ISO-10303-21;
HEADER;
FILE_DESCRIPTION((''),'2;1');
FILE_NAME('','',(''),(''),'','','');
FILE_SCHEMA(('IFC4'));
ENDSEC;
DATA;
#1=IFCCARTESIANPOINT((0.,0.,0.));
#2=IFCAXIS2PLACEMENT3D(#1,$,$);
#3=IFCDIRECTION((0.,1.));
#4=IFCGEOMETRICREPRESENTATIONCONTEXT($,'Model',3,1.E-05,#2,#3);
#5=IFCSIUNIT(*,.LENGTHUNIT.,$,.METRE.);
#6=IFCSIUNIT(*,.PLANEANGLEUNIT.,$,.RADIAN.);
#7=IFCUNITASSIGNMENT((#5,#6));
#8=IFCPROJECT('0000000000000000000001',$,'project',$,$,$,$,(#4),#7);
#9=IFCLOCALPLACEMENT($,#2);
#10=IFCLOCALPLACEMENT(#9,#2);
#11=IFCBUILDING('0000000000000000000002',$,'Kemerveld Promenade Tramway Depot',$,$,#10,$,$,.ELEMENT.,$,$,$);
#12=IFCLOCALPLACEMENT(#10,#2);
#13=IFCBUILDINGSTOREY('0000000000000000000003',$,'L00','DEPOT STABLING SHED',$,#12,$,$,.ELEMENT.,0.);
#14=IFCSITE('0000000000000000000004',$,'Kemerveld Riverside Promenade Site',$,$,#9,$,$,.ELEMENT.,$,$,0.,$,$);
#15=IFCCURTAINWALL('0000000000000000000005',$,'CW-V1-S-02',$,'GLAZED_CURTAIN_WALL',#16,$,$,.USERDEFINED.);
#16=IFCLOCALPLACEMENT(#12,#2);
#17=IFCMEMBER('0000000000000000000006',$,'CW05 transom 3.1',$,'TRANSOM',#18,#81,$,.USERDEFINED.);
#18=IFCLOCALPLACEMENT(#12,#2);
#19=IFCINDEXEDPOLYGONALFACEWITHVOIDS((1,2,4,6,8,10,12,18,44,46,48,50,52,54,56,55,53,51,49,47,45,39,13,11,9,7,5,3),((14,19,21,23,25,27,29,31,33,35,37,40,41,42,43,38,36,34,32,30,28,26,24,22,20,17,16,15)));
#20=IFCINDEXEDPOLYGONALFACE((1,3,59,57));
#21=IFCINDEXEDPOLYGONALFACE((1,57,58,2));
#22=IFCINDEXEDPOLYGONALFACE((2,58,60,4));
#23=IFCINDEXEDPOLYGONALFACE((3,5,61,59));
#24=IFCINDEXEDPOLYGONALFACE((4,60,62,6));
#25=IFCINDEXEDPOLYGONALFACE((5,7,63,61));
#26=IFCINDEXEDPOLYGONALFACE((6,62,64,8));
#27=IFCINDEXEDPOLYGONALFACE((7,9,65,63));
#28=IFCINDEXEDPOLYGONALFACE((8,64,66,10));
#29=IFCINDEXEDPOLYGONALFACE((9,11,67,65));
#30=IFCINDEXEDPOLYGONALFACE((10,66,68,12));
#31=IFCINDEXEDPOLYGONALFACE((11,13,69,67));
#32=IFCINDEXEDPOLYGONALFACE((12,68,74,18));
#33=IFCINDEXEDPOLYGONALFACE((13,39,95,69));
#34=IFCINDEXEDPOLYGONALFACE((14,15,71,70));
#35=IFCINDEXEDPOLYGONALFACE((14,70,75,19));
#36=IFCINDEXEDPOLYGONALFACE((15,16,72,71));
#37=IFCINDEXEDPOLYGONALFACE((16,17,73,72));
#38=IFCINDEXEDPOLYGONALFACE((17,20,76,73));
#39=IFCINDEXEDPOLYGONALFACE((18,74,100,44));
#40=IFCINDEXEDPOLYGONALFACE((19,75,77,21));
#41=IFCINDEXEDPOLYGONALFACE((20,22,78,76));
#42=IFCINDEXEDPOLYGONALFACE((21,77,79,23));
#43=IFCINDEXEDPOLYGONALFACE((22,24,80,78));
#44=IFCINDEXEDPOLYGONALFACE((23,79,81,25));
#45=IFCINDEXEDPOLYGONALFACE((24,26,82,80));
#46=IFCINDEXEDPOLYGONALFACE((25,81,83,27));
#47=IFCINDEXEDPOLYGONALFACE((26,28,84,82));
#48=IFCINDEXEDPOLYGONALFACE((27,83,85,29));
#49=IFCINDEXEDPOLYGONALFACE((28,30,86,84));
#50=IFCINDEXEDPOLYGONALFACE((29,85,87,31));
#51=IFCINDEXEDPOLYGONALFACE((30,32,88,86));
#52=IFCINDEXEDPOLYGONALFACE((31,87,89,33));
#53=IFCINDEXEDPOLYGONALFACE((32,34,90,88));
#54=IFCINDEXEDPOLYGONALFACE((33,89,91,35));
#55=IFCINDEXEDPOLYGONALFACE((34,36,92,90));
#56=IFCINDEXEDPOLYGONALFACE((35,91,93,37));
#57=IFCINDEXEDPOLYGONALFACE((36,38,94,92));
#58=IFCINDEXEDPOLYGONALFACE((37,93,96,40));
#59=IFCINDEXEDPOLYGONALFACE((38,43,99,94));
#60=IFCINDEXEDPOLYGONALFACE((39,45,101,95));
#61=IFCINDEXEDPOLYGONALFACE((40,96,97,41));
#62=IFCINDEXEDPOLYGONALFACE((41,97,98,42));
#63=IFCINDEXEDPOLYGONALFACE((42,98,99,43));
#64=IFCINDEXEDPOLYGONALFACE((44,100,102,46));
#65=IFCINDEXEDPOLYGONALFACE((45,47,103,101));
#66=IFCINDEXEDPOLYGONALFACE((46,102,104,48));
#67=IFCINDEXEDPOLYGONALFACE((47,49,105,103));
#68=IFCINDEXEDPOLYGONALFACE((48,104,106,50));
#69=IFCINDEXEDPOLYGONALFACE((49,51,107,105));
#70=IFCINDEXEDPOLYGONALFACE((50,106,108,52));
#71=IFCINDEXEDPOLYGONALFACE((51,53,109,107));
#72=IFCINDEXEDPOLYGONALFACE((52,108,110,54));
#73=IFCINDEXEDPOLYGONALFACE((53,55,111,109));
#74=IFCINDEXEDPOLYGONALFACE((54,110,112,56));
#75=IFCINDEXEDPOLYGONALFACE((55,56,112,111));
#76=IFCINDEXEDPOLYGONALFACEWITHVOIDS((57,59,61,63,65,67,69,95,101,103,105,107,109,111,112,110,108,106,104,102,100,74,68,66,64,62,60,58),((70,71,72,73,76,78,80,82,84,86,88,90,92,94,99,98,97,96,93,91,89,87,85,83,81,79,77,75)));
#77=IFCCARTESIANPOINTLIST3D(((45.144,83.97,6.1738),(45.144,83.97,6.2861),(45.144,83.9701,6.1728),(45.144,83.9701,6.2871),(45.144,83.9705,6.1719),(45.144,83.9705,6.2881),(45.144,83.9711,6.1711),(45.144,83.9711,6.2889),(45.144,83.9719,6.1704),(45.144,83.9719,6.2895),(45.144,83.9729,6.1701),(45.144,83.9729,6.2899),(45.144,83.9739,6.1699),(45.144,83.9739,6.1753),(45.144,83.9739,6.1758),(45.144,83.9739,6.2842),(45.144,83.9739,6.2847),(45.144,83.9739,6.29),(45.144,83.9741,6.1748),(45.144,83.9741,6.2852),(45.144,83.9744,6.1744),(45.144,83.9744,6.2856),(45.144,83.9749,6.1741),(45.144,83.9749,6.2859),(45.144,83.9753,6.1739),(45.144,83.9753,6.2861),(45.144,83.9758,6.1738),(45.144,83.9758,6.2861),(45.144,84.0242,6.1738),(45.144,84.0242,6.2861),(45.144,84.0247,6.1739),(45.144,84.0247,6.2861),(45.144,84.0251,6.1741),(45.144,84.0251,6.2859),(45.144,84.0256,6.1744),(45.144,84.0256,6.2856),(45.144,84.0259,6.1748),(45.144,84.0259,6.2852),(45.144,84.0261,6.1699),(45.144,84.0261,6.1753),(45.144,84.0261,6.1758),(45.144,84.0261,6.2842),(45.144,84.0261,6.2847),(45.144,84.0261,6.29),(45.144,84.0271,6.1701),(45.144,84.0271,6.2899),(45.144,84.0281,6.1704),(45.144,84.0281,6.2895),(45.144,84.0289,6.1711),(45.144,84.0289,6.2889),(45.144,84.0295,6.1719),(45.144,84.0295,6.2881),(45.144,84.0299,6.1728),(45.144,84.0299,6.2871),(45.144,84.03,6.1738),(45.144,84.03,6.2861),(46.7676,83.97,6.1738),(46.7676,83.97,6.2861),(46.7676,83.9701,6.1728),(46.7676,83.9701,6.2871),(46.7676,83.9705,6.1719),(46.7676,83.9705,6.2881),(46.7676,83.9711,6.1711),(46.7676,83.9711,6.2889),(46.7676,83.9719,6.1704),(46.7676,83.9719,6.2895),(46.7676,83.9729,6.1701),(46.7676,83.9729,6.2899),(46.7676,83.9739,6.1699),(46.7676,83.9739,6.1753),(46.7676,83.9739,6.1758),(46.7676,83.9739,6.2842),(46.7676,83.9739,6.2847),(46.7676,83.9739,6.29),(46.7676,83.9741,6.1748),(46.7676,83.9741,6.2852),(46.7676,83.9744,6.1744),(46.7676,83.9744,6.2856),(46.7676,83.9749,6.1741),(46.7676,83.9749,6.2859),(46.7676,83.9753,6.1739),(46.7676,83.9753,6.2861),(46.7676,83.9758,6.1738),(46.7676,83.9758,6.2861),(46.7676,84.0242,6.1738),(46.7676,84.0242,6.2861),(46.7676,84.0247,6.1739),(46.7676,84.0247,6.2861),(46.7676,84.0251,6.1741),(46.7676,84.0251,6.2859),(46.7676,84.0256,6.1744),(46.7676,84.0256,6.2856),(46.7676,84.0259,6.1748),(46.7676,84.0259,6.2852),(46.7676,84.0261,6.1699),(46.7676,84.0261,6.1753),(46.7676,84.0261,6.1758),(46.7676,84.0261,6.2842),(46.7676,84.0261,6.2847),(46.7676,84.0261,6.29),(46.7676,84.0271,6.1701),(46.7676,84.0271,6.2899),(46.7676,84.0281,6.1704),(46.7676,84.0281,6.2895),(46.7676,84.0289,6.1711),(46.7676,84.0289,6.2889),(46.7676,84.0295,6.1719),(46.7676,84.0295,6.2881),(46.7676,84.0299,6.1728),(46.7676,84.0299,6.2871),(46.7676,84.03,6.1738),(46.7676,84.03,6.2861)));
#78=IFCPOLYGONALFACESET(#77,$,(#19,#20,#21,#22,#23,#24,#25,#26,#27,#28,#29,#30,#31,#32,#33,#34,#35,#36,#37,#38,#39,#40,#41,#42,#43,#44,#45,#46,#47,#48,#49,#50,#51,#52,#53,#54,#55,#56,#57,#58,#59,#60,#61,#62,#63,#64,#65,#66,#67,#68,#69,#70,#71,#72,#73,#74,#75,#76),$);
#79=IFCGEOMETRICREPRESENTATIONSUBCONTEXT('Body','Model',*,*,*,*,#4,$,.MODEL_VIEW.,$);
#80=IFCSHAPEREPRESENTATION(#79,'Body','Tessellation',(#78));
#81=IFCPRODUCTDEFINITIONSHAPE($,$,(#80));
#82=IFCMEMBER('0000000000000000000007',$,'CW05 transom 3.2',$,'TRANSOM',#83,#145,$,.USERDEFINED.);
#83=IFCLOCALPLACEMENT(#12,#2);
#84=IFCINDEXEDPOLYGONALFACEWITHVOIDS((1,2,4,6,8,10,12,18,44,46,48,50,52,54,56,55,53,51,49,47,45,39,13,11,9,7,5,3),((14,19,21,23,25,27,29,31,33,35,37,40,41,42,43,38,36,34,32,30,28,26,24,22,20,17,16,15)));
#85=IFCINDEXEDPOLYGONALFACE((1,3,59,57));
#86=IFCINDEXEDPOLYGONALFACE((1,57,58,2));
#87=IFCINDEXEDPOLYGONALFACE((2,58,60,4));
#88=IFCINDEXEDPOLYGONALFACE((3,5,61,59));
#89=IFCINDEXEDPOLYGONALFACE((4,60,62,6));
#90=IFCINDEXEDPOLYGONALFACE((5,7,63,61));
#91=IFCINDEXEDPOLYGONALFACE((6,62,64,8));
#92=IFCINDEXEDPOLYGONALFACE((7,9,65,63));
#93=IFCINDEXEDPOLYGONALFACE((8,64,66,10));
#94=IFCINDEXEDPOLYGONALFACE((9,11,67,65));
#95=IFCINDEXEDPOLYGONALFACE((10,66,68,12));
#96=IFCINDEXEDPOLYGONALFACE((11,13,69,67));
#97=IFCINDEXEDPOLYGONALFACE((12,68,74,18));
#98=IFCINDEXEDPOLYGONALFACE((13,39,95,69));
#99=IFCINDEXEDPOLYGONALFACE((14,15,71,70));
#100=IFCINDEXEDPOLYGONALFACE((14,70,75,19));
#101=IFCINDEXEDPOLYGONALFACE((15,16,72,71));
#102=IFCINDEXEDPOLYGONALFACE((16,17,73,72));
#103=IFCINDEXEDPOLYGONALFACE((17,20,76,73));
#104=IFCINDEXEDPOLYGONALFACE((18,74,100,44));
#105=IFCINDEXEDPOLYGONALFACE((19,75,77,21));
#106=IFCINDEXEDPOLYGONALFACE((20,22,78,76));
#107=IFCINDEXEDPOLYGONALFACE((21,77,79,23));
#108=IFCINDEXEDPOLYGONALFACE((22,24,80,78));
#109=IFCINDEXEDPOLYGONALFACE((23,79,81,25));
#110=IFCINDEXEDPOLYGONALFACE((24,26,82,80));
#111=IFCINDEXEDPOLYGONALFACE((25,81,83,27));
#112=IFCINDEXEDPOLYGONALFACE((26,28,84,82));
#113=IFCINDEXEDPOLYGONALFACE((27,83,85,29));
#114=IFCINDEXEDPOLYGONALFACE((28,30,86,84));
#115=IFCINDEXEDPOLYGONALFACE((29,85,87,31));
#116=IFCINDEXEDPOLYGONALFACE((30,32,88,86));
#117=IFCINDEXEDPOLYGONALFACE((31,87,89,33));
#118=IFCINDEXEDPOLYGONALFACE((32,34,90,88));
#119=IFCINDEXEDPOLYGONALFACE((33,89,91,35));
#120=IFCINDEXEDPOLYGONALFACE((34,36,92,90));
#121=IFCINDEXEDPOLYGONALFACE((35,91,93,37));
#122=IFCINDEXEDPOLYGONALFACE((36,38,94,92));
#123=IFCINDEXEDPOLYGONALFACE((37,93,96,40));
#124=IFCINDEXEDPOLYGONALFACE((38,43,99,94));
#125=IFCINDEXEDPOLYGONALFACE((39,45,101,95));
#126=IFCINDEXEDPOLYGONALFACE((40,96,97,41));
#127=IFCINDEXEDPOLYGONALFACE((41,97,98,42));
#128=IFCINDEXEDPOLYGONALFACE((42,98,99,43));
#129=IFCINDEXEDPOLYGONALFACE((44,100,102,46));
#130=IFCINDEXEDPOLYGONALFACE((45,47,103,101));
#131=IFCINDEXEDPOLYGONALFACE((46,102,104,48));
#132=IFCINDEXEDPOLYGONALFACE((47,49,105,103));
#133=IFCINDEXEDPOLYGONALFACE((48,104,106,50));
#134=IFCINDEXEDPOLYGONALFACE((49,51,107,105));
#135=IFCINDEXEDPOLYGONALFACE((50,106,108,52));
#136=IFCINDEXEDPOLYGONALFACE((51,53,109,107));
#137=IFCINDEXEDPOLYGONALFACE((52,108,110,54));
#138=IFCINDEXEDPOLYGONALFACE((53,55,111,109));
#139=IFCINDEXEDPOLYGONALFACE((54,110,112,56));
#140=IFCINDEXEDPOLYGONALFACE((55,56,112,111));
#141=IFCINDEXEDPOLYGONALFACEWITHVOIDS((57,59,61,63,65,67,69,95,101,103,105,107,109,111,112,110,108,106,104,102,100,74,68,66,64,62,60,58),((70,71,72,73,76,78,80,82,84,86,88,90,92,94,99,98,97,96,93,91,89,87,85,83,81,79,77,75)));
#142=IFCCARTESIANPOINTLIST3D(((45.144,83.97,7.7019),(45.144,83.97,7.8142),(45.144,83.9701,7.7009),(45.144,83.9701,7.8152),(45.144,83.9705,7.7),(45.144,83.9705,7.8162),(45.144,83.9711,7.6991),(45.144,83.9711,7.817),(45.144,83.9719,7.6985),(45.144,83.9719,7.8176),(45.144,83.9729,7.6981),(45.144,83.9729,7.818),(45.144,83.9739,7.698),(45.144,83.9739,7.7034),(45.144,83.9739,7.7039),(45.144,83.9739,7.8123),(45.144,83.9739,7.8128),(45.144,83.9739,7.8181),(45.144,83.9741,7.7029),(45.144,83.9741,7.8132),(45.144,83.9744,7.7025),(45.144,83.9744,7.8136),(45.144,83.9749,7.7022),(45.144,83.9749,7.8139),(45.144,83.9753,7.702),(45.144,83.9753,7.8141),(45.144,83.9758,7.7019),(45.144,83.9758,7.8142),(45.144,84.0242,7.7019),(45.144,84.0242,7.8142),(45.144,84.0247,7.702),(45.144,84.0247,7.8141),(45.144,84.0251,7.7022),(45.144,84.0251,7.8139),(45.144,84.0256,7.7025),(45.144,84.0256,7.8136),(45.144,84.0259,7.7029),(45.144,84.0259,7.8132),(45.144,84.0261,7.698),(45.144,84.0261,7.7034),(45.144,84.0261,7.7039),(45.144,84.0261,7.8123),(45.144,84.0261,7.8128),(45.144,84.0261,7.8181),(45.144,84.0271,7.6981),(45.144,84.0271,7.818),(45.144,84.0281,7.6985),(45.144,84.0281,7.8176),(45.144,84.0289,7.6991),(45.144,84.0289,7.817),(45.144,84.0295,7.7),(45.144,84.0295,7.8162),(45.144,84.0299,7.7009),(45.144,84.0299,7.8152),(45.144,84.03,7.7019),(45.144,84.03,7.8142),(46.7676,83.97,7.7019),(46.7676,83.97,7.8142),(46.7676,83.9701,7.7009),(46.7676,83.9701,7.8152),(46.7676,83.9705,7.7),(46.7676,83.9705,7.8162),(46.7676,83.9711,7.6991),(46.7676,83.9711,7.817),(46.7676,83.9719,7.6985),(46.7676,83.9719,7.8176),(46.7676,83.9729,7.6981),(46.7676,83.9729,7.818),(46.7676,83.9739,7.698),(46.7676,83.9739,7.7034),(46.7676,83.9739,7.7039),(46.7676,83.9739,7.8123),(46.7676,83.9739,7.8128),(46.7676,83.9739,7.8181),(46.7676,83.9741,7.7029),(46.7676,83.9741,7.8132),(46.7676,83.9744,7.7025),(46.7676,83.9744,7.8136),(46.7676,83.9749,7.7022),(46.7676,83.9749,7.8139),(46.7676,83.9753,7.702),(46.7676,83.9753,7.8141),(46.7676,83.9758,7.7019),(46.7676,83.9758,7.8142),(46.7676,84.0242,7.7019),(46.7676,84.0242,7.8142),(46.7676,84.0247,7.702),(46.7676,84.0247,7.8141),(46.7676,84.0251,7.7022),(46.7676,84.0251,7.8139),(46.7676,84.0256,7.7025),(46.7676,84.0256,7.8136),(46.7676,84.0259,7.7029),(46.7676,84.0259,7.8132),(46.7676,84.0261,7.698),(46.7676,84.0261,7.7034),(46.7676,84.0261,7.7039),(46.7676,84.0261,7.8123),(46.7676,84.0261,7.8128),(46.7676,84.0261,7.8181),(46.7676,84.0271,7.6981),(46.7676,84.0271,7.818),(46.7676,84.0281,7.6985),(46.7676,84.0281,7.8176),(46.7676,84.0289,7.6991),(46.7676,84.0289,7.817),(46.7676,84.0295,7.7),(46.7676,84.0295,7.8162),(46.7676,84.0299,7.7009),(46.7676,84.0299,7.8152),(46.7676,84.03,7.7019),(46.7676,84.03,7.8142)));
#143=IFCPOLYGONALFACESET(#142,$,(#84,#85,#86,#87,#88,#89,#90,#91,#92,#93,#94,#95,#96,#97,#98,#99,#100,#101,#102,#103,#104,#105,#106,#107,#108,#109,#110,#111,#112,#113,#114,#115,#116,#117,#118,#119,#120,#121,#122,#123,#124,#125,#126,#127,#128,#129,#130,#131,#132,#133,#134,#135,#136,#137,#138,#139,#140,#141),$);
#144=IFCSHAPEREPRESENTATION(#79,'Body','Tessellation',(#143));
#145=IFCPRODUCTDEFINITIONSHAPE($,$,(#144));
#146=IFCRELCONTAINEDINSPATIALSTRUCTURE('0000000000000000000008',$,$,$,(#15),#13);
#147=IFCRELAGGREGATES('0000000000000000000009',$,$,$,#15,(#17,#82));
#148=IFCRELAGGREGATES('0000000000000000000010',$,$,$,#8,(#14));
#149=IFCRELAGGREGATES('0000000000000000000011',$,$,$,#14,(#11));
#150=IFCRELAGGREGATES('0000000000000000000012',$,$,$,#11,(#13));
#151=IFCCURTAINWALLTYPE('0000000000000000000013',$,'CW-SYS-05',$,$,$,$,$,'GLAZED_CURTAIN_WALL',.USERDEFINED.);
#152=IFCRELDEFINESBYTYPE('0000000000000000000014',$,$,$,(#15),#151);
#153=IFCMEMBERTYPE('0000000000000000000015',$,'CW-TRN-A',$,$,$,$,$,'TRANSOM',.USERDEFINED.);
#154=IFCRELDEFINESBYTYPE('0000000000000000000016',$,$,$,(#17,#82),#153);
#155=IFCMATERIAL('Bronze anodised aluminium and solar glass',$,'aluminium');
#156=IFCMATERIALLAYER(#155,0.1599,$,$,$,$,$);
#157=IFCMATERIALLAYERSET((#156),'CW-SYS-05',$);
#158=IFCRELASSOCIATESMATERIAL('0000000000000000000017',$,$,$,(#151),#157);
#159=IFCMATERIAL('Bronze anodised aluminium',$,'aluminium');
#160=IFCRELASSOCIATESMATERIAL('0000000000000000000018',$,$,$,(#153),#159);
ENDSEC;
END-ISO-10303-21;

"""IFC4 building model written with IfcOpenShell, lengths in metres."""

from ifc_helpers import new_model, si_unit, direction, frame, origin, origin_2d, place, context, subcontext, project, spatial, hollow_rectangle, extrude, material, layer, layer_set, material_profile, profile_set, type_object, element, aggregate, save


model = new_model("IFC4")

# Units and contexts
model_context = context("Model", 3, precision=1e-05, world=origin(), true_north=direction((0.0, 1.0)))
body_context = subcontext(model_context, "Body", "Model", "MODEL_VIEW")
ifc_project = project(units=[si_unit("LENGTHUNIT", "METRE"), si_unit("PLANEANGLEUNIT", "RADIAN")], contexts=[model_context])

# Site, building, storey
site_placement = place(None, origin())
site = spatial("IfcSite", under=ifc_project, at=site_placement, Name="Kemerveld Riverside Promenade Site", CompositionType="ELEMENT", RefElevation=0.0)
building_placement = place(site_placement, origin())
building = spatial("IfcBuilding", under=site, at=building_placement, Name="Kemerveld Promenade Tramway Depot", CompositionType="ELEMENT")
storey_placement = place(building_placement, origin())
storey = spatial("IfcBuildingStorey", under=building, at=storey_placement, Name="L00", Description="DEPOT STABLING SHED", CompositionType="ELEMENT", Elevation=0.0)

# Curtain wall
ifc_material_1 = material(Name="Bronze anodised aluminium and solar glass", Category="aluminium")
ifc_layer_1 = layer(ifc_material_1, 0.1599)
ifc_layer_set_1 = layer_set([ifc_layer_1], Name="CW-SYS-05")
curtain_wall_type_1 = type_object("IfcCurtainWallType", Name="CW-SYS-05", ElementType="GLAZED_CURTAIN_WALL", PredefinedType="USERDEFINED", material=ifc_layer_set_1)
curtain_wall_1_placement = place(storey_placement, origin())
curtain_wall_1 = element("IfcCurtainWall", 1, at=curtain_wall_1_placement, inside=storey, type_object=curtain_wall_type_1, Name="CW-V1-S-02", ObjectType="GLAZED_CURTAIN_WALL", PredefinedType="USERDEFINED")
ifc_material_2 = material(Name="Bronze anodised aluminium", Category="aluminium")

# Members
ifc_material_profile_1 = material_profile(ifc_material_2, hollow_rectangle(XDim=0.0601, YDim=0.1201, WallThickness=0.0039, InnerFilletRadius=0.002, OuterFilletRadius=0.0039, at=origin_2d()), Name="CW-TRN-120x60")
ifc_profile_set_1 = profile_set([ifc_material_profile_1], Name="Bronze anodised aluminium")
member_type_1 = type_object("IfcMemberType", Name="CW-TRN-A", ElementType="TRANSOM", PredefinedType="USERDEFINED", material=ifc_profile_set_1)
member_1_placement = place(storey_placement, frame((46.7676, 84.0, 6.23), z_axis=(-1.0, 0.0, 0.0), x_axis=(0.0, -1.0, 0.0)))
member_1 = element("IfcMember", 2, at=member_1_placement, type_object=member_type_1, Name="CW05 transom 3.1", ObjectType="TRANSOM", PredefinedType="USERDEFINED", context=body_context, shape_type="SweptSolid", body=[
    extrude(hollow_rectangle(XDim=0.0601, YDim=0.1201, WallThickness=0.0039, InnerFilletRadius=0.002, OuterFilletRadius=0.0039, at=origin_2d()), origin(), (0.0, 0.0, 1.0), 1.6235),
])
member_2_placement = place(storey_placement, frame((46.7676, 84.0, 7.7581), z_axis=(-1.0, 0.0, 0.0), x_axis=(0.0, -1.0, 0.0)))
member_2 = element("IfcMember", 3, at=member_2_placement, type_object=member_type_1, Name="CW05 transom 3.2", ObjectType="TRANSOM", PredefinedType="USERDEFINED", context=body_context, shape_type="SweptSolid", body=[
    extrude(hollow_rectangle(XDim=0.0601, YDim=0.1201, WallThickness=0.0039, InnerFilletRadius=0.002, OuterFilletRadius=0.0039, at=origin_2d()), origin(), (0.0, 0.0, 1.0), 1.6235),
])

aggregate(curtain_wall_1, [member_1, member_2])

save(model, "model.ifc")
